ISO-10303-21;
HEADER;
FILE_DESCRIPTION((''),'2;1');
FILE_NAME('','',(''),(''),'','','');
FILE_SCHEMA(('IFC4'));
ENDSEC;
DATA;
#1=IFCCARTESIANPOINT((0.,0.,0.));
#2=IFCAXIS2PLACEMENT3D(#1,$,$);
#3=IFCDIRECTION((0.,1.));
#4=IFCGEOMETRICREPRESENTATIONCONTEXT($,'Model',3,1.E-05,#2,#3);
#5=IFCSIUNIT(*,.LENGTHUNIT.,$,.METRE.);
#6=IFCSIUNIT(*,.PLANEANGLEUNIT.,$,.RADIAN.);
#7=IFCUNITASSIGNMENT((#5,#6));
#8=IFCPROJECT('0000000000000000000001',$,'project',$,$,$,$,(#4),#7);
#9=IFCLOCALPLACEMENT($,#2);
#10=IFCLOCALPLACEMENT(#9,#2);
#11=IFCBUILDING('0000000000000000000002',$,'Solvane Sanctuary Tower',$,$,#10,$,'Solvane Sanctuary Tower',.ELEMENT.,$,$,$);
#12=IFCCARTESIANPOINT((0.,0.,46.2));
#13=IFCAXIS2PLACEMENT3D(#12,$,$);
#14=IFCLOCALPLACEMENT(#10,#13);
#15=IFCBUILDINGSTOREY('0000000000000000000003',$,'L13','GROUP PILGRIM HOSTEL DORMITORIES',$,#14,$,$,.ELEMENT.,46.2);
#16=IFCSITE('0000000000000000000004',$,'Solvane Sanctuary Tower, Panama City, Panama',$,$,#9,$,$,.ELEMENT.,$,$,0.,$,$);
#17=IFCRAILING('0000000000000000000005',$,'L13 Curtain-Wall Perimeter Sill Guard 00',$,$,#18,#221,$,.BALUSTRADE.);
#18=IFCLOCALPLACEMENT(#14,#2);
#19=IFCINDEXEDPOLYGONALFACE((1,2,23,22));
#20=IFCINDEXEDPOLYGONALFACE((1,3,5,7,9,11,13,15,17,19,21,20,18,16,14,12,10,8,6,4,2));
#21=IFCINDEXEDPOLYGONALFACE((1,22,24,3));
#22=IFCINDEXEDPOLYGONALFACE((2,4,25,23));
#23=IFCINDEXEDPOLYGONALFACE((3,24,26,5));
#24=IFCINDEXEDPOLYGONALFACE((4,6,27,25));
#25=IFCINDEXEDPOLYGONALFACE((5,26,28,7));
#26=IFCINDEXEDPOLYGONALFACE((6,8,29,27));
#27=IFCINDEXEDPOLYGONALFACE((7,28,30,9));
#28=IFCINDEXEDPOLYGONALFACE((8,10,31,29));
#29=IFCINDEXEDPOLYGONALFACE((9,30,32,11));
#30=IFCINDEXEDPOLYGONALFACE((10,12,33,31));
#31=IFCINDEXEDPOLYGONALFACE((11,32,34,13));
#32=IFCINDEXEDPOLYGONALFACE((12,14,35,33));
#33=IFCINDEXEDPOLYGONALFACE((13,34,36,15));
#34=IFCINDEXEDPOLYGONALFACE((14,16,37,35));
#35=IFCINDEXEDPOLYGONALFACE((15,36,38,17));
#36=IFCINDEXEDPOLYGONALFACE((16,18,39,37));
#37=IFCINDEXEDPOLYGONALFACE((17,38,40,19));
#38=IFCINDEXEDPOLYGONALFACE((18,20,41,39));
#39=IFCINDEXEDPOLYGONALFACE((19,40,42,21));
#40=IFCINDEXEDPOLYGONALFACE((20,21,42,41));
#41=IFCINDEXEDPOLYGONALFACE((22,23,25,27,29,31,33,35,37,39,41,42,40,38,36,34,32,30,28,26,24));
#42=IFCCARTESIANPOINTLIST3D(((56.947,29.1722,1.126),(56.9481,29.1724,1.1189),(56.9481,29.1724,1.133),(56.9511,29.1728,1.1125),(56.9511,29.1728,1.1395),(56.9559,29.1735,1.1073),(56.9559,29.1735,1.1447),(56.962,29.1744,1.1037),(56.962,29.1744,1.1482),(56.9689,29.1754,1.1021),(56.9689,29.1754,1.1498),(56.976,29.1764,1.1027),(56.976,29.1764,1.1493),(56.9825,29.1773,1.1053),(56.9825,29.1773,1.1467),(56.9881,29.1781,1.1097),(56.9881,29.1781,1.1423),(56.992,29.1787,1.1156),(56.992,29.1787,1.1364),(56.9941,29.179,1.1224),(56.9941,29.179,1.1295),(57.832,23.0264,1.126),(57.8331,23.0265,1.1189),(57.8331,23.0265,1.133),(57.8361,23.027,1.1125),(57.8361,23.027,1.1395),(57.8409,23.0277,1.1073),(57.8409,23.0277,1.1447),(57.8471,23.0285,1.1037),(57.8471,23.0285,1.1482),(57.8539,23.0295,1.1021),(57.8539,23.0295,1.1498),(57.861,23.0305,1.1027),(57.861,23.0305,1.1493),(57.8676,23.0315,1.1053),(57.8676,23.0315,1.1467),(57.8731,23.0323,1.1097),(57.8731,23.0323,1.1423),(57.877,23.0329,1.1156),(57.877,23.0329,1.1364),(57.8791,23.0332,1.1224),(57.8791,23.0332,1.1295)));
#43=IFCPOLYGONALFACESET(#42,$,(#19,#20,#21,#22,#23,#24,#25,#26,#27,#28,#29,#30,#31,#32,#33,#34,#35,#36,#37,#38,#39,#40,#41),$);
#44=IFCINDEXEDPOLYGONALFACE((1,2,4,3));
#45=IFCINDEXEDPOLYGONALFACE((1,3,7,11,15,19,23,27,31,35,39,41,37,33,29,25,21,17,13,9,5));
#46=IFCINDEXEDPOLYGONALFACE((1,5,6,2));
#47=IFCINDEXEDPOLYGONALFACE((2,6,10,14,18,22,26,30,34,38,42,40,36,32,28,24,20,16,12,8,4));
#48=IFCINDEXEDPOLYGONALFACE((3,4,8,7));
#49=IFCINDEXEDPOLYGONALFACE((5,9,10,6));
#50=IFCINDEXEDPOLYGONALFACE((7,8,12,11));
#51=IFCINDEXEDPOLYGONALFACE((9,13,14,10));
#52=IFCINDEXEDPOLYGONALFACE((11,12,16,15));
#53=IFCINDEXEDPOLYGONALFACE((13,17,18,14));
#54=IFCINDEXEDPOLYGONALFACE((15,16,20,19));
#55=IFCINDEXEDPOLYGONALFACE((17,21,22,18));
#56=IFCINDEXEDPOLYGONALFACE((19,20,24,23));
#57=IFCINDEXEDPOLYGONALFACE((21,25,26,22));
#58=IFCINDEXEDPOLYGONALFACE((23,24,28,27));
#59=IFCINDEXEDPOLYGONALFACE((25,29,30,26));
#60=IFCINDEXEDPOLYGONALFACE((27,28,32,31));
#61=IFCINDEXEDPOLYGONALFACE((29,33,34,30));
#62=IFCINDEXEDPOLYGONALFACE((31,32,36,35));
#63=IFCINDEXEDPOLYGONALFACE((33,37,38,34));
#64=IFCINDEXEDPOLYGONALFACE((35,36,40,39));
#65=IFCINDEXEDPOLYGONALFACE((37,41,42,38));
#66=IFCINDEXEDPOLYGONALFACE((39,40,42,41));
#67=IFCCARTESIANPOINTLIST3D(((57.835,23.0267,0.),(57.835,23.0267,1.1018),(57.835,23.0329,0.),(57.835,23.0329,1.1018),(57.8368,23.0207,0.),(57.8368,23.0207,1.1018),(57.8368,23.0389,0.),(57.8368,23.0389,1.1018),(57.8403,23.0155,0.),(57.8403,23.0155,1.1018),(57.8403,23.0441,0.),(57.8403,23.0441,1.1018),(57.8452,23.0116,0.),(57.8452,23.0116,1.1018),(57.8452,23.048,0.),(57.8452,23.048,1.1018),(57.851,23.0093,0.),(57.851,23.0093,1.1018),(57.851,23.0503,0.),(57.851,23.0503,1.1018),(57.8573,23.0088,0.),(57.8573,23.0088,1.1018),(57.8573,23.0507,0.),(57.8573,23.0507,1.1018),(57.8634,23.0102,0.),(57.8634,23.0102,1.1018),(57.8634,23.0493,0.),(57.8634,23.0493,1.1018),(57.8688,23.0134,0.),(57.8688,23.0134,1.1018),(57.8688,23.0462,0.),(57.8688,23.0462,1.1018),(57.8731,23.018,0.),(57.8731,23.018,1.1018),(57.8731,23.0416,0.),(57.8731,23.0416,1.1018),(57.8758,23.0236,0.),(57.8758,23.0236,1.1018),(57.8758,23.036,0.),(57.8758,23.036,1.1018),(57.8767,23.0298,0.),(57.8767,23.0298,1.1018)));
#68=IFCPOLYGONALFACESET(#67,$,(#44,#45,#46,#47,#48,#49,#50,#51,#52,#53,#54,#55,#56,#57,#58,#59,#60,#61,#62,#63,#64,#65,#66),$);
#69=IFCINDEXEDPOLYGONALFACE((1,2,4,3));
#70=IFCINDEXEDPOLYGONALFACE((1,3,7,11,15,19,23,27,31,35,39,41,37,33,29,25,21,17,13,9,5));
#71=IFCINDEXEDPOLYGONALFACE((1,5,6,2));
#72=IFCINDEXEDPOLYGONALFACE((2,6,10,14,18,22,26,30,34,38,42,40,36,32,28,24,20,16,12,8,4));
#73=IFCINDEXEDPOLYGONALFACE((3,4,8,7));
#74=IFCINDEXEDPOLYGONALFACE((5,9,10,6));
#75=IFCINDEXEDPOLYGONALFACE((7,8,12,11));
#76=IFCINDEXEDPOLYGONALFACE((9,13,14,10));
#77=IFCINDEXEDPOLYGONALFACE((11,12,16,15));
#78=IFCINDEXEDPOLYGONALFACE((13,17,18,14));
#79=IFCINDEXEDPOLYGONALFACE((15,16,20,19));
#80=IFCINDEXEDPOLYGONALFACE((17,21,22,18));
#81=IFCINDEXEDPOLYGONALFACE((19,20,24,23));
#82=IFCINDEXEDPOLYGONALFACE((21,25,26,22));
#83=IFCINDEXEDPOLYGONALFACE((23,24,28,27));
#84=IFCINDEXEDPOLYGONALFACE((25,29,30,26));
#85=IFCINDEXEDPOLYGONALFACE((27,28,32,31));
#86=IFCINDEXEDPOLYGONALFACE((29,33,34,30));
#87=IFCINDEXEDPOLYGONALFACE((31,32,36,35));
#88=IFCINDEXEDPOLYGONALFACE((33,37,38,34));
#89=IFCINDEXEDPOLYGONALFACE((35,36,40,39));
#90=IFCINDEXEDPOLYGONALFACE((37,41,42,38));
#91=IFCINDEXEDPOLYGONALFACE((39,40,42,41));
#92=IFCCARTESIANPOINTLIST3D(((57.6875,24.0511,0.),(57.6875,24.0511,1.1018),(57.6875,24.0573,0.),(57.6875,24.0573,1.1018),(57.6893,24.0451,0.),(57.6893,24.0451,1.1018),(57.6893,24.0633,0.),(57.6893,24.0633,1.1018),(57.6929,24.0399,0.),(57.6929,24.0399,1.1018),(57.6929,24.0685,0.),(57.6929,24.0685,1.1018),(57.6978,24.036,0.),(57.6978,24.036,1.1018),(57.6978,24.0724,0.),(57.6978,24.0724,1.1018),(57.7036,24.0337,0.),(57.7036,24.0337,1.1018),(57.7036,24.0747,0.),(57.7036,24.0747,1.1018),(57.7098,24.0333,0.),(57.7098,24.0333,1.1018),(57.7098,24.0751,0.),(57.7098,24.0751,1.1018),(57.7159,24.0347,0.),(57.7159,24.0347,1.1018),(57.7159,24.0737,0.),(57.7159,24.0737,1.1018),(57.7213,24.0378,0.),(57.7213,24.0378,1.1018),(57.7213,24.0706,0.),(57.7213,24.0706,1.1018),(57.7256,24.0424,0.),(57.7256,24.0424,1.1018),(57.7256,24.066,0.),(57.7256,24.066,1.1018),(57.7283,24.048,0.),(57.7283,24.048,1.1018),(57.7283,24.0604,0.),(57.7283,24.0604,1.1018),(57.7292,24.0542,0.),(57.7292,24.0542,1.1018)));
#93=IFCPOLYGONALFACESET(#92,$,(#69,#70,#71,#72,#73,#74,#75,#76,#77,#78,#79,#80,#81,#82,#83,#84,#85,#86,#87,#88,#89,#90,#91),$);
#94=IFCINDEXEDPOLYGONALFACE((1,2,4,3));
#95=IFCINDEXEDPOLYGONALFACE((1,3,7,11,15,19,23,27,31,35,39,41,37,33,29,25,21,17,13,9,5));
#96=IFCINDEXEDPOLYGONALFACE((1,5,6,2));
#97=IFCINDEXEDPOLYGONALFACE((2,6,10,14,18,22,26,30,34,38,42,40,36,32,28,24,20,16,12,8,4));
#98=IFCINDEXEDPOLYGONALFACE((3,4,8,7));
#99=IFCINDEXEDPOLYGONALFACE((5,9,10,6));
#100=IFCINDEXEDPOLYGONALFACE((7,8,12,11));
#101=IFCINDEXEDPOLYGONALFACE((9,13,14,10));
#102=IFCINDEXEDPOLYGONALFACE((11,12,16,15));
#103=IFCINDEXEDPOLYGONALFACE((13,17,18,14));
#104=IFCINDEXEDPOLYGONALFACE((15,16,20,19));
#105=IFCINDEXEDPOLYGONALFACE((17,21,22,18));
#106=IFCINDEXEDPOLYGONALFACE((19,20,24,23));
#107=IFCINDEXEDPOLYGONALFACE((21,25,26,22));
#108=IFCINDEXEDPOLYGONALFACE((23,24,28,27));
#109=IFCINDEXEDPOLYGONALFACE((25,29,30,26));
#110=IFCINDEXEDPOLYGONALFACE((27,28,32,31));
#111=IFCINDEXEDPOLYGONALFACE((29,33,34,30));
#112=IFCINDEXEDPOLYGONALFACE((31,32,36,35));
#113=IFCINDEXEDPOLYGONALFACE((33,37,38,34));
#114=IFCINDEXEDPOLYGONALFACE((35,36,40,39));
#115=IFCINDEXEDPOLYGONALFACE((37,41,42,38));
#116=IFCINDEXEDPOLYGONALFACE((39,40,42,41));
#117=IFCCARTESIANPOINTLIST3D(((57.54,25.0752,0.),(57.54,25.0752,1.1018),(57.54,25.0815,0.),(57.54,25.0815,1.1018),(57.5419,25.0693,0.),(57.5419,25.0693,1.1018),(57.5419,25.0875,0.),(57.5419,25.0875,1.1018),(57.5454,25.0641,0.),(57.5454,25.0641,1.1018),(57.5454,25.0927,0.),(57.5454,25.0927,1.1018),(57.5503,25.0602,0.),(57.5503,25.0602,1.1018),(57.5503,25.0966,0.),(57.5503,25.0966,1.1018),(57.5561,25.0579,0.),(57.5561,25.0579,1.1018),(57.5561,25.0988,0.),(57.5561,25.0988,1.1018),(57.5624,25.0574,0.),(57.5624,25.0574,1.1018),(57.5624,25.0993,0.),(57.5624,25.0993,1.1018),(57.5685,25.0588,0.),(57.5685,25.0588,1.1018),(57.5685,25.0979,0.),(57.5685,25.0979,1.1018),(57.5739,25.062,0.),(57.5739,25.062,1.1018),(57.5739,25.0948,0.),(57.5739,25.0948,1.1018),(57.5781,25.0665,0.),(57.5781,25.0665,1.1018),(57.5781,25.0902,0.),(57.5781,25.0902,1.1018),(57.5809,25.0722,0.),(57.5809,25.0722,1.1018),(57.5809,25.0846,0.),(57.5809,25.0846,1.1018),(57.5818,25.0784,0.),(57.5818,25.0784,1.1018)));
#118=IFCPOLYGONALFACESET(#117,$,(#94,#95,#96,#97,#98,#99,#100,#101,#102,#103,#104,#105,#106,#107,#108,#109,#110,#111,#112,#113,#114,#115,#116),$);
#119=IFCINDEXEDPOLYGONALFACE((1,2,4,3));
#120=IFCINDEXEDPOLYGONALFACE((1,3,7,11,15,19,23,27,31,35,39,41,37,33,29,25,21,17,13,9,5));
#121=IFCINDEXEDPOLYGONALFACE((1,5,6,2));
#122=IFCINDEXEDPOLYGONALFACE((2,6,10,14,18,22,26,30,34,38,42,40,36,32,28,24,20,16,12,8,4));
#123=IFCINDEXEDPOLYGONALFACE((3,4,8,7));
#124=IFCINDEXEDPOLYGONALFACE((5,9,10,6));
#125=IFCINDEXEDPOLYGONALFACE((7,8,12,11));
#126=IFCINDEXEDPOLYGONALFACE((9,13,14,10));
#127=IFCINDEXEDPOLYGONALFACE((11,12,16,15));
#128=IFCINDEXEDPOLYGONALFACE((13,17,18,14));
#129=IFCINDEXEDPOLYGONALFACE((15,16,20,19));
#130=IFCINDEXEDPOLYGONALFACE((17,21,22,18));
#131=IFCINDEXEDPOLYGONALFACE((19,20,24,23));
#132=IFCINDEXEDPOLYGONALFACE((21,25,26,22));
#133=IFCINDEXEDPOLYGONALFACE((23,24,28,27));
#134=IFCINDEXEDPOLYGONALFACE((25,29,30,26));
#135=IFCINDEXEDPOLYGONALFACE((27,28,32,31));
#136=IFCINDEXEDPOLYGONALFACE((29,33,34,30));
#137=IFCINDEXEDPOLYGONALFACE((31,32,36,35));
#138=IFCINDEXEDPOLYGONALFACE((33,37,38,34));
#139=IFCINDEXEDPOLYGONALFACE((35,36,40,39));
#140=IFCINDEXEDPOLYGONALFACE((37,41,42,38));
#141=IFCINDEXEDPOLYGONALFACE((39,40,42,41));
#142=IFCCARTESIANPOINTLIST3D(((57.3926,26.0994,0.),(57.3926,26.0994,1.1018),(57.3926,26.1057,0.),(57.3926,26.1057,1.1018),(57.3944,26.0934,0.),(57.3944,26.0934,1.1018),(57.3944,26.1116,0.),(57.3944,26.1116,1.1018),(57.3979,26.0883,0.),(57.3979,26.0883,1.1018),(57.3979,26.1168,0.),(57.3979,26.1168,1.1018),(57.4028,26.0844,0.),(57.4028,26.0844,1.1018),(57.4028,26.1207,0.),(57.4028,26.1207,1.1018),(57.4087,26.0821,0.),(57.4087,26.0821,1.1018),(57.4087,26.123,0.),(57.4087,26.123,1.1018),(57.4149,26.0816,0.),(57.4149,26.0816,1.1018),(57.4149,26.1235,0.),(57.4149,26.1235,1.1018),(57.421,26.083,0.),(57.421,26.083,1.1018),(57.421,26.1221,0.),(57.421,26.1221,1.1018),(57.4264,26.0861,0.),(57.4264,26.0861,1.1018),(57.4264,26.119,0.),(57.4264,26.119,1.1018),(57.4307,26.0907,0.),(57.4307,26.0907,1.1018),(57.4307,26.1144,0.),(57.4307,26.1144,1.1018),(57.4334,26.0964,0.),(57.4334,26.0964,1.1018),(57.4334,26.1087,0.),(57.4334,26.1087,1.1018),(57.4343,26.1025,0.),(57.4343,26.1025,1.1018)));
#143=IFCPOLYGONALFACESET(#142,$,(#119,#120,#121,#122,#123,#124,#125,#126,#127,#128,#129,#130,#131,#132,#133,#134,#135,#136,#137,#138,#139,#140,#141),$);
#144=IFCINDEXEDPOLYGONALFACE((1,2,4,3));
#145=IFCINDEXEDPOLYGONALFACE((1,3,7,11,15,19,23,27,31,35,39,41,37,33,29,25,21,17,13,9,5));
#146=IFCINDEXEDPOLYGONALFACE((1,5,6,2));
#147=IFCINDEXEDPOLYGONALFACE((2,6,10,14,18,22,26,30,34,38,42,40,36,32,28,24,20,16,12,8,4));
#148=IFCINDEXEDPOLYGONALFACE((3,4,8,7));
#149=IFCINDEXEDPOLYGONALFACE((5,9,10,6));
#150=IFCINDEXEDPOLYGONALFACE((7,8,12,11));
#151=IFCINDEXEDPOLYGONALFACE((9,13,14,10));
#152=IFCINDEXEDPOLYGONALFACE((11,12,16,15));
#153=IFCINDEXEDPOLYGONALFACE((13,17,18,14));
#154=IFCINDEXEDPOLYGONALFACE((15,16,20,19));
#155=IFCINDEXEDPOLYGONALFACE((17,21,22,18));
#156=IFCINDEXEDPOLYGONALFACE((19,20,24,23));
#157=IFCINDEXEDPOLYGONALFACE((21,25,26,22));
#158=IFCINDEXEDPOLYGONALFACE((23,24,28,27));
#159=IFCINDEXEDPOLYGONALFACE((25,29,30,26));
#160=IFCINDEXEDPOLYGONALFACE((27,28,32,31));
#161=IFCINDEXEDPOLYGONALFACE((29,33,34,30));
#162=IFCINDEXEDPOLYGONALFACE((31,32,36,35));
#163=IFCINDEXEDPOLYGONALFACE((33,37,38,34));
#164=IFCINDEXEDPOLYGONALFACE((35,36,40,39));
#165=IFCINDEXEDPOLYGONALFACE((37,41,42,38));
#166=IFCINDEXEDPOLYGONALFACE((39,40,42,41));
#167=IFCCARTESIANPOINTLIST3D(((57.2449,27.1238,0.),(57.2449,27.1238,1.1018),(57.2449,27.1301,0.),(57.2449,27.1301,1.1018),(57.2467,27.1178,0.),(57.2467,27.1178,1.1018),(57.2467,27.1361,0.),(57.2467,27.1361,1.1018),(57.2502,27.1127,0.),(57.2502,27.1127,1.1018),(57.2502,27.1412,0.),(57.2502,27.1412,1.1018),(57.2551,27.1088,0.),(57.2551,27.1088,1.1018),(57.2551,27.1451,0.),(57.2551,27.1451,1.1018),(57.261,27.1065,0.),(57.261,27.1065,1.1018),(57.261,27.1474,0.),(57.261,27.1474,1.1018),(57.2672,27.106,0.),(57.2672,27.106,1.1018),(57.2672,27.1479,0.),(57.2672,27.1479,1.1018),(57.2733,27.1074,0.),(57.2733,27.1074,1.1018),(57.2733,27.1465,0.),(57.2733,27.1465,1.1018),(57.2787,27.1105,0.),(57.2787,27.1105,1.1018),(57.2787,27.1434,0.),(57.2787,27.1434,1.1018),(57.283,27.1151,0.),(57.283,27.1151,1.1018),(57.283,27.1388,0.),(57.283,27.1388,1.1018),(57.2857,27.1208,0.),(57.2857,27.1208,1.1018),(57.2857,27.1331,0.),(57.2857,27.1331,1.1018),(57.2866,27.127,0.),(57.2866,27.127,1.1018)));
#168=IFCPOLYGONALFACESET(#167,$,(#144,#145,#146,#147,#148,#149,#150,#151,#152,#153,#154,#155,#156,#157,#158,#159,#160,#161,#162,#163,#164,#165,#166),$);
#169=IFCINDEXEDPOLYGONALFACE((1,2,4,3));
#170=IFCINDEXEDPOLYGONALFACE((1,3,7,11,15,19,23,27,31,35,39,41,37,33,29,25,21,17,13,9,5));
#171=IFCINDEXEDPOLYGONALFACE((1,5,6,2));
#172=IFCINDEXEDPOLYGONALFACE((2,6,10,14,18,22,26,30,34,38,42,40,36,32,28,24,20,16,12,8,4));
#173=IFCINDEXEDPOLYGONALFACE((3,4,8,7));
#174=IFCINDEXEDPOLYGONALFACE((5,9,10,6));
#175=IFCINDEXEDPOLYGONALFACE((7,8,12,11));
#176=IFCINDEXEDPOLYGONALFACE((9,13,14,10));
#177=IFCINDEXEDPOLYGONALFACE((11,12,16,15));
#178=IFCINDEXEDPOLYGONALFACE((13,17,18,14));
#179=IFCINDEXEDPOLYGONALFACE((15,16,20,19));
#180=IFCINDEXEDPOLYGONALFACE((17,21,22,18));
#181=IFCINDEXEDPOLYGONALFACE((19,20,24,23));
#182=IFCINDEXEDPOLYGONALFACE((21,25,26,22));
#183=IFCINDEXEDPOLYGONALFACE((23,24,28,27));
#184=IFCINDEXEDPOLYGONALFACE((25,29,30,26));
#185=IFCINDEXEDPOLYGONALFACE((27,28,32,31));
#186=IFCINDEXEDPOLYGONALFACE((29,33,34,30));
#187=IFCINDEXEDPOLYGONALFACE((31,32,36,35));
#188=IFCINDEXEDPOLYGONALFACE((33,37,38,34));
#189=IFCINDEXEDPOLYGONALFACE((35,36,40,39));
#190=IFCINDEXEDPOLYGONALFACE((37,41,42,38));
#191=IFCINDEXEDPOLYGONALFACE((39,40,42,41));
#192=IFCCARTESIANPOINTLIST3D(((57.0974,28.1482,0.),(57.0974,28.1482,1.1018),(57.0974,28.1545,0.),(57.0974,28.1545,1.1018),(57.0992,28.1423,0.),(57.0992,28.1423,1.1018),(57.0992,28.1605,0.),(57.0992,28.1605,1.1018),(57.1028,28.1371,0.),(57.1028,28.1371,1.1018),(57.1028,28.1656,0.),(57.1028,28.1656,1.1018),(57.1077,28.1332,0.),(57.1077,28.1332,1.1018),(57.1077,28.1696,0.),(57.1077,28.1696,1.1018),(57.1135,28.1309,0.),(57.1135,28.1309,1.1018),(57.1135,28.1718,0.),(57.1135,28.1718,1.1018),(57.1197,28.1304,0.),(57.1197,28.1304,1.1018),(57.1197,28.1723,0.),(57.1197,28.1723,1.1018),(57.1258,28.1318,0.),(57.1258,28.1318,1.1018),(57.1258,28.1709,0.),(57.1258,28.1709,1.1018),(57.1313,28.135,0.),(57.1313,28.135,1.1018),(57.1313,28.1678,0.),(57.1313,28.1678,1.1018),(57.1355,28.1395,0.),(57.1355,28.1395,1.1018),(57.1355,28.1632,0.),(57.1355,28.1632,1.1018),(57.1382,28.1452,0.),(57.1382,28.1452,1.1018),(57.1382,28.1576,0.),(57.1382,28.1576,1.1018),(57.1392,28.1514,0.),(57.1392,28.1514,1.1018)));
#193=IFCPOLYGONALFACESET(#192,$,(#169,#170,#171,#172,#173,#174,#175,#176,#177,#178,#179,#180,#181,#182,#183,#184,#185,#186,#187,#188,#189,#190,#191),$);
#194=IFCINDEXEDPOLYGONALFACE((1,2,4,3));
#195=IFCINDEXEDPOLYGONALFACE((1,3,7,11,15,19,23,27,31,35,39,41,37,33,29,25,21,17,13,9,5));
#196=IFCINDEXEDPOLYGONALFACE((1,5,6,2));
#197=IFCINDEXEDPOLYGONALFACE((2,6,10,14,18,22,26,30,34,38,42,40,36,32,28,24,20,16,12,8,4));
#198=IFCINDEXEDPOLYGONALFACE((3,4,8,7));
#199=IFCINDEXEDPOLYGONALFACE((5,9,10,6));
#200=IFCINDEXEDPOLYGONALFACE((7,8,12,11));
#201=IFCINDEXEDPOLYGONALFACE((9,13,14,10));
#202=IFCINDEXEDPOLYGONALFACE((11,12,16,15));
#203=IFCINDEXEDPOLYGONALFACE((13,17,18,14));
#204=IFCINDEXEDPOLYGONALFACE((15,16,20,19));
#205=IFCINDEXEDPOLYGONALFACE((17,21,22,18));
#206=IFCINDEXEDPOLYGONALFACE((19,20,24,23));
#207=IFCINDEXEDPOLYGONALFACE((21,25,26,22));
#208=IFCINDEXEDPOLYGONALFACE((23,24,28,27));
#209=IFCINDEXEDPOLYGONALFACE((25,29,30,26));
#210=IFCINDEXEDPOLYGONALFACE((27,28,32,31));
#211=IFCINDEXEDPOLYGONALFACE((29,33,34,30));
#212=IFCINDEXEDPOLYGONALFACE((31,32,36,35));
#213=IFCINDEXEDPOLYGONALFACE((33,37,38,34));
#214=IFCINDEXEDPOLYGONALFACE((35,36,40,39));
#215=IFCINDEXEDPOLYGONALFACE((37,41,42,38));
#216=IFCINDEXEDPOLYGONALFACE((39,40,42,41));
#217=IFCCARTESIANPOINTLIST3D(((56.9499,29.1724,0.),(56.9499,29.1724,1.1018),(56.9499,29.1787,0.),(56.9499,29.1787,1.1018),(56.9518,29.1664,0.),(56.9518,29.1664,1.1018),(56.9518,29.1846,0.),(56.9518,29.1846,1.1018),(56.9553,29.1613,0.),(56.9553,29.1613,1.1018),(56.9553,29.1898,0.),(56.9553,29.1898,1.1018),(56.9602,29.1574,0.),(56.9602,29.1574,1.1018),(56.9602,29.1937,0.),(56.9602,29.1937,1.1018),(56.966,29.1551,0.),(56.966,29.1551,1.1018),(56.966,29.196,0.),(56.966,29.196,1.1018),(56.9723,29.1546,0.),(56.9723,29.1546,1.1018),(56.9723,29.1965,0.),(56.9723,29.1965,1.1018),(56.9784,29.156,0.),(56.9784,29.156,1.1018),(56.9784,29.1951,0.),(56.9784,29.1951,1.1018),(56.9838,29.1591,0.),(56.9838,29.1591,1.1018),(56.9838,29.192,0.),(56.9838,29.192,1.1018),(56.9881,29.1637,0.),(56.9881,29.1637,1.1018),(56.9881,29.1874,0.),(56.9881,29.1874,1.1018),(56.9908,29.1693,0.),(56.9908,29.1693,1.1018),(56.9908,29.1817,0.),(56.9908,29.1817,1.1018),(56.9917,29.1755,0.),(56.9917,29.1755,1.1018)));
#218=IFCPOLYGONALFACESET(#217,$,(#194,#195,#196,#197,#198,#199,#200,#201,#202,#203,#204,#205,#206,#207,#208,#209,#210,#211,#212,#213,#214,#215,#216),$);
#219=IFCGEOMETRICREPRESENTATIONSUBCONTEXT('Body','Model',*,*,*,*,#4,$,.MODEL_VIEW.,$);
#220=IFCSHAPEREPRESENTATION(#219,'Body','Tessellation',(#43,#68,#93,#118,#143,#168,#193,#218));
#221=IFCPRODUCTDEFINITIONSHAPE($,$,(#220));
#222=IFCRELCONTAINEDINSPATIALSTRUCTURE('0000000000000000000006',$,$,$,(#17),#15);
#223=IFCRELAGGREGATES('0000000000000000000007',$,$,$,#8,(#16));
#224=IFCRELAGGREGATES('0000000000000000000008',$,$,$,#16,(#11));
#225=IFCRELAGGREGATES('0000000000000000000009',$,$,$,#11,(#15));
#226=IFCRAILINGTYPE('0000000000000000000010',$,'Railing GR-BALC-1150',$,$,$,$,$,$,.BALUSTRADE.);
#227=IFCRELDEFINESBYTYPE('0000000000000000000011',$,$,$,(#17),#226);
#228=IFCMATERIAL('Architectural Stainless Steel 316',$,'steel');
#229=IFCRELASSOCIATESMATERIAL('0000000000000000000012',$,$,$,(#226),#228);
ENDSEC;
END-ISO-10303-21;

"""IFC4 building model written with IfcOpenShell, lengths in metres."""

from ifc_helpers import new_model, si_unit, direction, frame, origin, origin_2d, place, context, subcontext, project, spatial, circle, extrude, material, type_object, element, save


model = new_model("IFC4")

# Units and contexts
model_context = context("Model", 3, precision=1e-05, world=origin(), true_north=direction((0.0, 1.0)))
body_context = subcontext(model_context, "Body", "Model", "MODEL_VIEW")
ifc_project = project(units=[si_unit("LENGTHUNIT", "METRE"), si_unit("PLANEANGLEUNIT", "RADIAN")], contexts=[model_context])

# Site, building, storey
site_placement = place(None, origin())
site = spatial("IfcSite", under=ifc_project, at=site_placement, Name="Solvane Sanctuary Tower, Panama City, Panama", CompositionType="ELEMENT", RefElevation=0.0)
building_placement = place(site_placement, origin())
building = spatial("IfcBuilding", under=site, at=building_placement, Name="Solvane Sanctuary Tower", LongName="Solvane Sanctuary Tower", CompositionType="ELEMENT")
storey_placement = place(building_placement, frame((0.0, 0.0, 46.2)))
storey = spatial("IfcBuildingStorey", under=building, at=storey_placement, Name="L13", Description="GROUP PILGRIM HOSTEL DORMITORIES", CompositionType="ELEMENT", Elevation=46.2)

# Railing
ifc_material_1 = material(Name="Architectural Stainless Steel 316", Category="steel")
railing_type = type_object("IfcRailingType", Name="Railing GR-BALC-1150", PredefinedType="BALUSTRADE", material=ifc_material_1)
railing_1_placement = place(storey_placement, frame((57.8557, 23.0298, 0.0)))
element("IfcRailing", 1, at=railing_1_placement, inside=storey, type_object=railing_type, Name="L13 Curtain-Wall Perimeter Sill Guard 00", PredefinedType="BALUSTRADE", context=body_context, shape_type="SweptSolid", body=[
    extrude(circle(Radius=0.0239, at=origin_2d()), frame((0.0, 0.0, 1.126), z_axis=(-0.142533, 0.98979, 0.0), x_axis=(-0.98979, -0.142533, 0.0)), (0.0, 0.0, 1.0), 6.2092),
    extrude(circle(Radius=0.021, at=origin_2d()), origin(), (0.0, 0.0, 1.0), 1.1018),
    extrude(circle(Radius=0.021, at=origin_2d()), frame((-0.1475, 1.0244, 0.0)), (0.0, 0.0, 1.0), 1.1018),
    extrude(circle(Radius=0.021, at=origin_2d()), frame((-0.2949, 2.0486, 0.0)), (0.0, 0.0, 1.0), 1.1018),
    extrude(circle(Radius=0.021, at=origin_2d()), frame((-0.4424, 3.0728, 0.0)), (0.0, 0.0, 1.0), 1.1018),
    extrude(circle(Radius=0.021, at=origin_2d()), frame((-0.5901, 4.0972, 0.0)), (0.0, 0.0, 1.0), 1.1018),
    extrude(circle(Radius=0.021, at=origin_2d()), frame((-0.7375, 5.1216, 0.0)), (0.0, 0.0, 1.0), 1.1018),
    extrude(circle(Radius=0.021, at=origin_2d()), frame((-0.885, 6.1458, 0.0)), (0.0, 0.0, 1.0), 1.1018),
])

save(model, "model.ifc")
